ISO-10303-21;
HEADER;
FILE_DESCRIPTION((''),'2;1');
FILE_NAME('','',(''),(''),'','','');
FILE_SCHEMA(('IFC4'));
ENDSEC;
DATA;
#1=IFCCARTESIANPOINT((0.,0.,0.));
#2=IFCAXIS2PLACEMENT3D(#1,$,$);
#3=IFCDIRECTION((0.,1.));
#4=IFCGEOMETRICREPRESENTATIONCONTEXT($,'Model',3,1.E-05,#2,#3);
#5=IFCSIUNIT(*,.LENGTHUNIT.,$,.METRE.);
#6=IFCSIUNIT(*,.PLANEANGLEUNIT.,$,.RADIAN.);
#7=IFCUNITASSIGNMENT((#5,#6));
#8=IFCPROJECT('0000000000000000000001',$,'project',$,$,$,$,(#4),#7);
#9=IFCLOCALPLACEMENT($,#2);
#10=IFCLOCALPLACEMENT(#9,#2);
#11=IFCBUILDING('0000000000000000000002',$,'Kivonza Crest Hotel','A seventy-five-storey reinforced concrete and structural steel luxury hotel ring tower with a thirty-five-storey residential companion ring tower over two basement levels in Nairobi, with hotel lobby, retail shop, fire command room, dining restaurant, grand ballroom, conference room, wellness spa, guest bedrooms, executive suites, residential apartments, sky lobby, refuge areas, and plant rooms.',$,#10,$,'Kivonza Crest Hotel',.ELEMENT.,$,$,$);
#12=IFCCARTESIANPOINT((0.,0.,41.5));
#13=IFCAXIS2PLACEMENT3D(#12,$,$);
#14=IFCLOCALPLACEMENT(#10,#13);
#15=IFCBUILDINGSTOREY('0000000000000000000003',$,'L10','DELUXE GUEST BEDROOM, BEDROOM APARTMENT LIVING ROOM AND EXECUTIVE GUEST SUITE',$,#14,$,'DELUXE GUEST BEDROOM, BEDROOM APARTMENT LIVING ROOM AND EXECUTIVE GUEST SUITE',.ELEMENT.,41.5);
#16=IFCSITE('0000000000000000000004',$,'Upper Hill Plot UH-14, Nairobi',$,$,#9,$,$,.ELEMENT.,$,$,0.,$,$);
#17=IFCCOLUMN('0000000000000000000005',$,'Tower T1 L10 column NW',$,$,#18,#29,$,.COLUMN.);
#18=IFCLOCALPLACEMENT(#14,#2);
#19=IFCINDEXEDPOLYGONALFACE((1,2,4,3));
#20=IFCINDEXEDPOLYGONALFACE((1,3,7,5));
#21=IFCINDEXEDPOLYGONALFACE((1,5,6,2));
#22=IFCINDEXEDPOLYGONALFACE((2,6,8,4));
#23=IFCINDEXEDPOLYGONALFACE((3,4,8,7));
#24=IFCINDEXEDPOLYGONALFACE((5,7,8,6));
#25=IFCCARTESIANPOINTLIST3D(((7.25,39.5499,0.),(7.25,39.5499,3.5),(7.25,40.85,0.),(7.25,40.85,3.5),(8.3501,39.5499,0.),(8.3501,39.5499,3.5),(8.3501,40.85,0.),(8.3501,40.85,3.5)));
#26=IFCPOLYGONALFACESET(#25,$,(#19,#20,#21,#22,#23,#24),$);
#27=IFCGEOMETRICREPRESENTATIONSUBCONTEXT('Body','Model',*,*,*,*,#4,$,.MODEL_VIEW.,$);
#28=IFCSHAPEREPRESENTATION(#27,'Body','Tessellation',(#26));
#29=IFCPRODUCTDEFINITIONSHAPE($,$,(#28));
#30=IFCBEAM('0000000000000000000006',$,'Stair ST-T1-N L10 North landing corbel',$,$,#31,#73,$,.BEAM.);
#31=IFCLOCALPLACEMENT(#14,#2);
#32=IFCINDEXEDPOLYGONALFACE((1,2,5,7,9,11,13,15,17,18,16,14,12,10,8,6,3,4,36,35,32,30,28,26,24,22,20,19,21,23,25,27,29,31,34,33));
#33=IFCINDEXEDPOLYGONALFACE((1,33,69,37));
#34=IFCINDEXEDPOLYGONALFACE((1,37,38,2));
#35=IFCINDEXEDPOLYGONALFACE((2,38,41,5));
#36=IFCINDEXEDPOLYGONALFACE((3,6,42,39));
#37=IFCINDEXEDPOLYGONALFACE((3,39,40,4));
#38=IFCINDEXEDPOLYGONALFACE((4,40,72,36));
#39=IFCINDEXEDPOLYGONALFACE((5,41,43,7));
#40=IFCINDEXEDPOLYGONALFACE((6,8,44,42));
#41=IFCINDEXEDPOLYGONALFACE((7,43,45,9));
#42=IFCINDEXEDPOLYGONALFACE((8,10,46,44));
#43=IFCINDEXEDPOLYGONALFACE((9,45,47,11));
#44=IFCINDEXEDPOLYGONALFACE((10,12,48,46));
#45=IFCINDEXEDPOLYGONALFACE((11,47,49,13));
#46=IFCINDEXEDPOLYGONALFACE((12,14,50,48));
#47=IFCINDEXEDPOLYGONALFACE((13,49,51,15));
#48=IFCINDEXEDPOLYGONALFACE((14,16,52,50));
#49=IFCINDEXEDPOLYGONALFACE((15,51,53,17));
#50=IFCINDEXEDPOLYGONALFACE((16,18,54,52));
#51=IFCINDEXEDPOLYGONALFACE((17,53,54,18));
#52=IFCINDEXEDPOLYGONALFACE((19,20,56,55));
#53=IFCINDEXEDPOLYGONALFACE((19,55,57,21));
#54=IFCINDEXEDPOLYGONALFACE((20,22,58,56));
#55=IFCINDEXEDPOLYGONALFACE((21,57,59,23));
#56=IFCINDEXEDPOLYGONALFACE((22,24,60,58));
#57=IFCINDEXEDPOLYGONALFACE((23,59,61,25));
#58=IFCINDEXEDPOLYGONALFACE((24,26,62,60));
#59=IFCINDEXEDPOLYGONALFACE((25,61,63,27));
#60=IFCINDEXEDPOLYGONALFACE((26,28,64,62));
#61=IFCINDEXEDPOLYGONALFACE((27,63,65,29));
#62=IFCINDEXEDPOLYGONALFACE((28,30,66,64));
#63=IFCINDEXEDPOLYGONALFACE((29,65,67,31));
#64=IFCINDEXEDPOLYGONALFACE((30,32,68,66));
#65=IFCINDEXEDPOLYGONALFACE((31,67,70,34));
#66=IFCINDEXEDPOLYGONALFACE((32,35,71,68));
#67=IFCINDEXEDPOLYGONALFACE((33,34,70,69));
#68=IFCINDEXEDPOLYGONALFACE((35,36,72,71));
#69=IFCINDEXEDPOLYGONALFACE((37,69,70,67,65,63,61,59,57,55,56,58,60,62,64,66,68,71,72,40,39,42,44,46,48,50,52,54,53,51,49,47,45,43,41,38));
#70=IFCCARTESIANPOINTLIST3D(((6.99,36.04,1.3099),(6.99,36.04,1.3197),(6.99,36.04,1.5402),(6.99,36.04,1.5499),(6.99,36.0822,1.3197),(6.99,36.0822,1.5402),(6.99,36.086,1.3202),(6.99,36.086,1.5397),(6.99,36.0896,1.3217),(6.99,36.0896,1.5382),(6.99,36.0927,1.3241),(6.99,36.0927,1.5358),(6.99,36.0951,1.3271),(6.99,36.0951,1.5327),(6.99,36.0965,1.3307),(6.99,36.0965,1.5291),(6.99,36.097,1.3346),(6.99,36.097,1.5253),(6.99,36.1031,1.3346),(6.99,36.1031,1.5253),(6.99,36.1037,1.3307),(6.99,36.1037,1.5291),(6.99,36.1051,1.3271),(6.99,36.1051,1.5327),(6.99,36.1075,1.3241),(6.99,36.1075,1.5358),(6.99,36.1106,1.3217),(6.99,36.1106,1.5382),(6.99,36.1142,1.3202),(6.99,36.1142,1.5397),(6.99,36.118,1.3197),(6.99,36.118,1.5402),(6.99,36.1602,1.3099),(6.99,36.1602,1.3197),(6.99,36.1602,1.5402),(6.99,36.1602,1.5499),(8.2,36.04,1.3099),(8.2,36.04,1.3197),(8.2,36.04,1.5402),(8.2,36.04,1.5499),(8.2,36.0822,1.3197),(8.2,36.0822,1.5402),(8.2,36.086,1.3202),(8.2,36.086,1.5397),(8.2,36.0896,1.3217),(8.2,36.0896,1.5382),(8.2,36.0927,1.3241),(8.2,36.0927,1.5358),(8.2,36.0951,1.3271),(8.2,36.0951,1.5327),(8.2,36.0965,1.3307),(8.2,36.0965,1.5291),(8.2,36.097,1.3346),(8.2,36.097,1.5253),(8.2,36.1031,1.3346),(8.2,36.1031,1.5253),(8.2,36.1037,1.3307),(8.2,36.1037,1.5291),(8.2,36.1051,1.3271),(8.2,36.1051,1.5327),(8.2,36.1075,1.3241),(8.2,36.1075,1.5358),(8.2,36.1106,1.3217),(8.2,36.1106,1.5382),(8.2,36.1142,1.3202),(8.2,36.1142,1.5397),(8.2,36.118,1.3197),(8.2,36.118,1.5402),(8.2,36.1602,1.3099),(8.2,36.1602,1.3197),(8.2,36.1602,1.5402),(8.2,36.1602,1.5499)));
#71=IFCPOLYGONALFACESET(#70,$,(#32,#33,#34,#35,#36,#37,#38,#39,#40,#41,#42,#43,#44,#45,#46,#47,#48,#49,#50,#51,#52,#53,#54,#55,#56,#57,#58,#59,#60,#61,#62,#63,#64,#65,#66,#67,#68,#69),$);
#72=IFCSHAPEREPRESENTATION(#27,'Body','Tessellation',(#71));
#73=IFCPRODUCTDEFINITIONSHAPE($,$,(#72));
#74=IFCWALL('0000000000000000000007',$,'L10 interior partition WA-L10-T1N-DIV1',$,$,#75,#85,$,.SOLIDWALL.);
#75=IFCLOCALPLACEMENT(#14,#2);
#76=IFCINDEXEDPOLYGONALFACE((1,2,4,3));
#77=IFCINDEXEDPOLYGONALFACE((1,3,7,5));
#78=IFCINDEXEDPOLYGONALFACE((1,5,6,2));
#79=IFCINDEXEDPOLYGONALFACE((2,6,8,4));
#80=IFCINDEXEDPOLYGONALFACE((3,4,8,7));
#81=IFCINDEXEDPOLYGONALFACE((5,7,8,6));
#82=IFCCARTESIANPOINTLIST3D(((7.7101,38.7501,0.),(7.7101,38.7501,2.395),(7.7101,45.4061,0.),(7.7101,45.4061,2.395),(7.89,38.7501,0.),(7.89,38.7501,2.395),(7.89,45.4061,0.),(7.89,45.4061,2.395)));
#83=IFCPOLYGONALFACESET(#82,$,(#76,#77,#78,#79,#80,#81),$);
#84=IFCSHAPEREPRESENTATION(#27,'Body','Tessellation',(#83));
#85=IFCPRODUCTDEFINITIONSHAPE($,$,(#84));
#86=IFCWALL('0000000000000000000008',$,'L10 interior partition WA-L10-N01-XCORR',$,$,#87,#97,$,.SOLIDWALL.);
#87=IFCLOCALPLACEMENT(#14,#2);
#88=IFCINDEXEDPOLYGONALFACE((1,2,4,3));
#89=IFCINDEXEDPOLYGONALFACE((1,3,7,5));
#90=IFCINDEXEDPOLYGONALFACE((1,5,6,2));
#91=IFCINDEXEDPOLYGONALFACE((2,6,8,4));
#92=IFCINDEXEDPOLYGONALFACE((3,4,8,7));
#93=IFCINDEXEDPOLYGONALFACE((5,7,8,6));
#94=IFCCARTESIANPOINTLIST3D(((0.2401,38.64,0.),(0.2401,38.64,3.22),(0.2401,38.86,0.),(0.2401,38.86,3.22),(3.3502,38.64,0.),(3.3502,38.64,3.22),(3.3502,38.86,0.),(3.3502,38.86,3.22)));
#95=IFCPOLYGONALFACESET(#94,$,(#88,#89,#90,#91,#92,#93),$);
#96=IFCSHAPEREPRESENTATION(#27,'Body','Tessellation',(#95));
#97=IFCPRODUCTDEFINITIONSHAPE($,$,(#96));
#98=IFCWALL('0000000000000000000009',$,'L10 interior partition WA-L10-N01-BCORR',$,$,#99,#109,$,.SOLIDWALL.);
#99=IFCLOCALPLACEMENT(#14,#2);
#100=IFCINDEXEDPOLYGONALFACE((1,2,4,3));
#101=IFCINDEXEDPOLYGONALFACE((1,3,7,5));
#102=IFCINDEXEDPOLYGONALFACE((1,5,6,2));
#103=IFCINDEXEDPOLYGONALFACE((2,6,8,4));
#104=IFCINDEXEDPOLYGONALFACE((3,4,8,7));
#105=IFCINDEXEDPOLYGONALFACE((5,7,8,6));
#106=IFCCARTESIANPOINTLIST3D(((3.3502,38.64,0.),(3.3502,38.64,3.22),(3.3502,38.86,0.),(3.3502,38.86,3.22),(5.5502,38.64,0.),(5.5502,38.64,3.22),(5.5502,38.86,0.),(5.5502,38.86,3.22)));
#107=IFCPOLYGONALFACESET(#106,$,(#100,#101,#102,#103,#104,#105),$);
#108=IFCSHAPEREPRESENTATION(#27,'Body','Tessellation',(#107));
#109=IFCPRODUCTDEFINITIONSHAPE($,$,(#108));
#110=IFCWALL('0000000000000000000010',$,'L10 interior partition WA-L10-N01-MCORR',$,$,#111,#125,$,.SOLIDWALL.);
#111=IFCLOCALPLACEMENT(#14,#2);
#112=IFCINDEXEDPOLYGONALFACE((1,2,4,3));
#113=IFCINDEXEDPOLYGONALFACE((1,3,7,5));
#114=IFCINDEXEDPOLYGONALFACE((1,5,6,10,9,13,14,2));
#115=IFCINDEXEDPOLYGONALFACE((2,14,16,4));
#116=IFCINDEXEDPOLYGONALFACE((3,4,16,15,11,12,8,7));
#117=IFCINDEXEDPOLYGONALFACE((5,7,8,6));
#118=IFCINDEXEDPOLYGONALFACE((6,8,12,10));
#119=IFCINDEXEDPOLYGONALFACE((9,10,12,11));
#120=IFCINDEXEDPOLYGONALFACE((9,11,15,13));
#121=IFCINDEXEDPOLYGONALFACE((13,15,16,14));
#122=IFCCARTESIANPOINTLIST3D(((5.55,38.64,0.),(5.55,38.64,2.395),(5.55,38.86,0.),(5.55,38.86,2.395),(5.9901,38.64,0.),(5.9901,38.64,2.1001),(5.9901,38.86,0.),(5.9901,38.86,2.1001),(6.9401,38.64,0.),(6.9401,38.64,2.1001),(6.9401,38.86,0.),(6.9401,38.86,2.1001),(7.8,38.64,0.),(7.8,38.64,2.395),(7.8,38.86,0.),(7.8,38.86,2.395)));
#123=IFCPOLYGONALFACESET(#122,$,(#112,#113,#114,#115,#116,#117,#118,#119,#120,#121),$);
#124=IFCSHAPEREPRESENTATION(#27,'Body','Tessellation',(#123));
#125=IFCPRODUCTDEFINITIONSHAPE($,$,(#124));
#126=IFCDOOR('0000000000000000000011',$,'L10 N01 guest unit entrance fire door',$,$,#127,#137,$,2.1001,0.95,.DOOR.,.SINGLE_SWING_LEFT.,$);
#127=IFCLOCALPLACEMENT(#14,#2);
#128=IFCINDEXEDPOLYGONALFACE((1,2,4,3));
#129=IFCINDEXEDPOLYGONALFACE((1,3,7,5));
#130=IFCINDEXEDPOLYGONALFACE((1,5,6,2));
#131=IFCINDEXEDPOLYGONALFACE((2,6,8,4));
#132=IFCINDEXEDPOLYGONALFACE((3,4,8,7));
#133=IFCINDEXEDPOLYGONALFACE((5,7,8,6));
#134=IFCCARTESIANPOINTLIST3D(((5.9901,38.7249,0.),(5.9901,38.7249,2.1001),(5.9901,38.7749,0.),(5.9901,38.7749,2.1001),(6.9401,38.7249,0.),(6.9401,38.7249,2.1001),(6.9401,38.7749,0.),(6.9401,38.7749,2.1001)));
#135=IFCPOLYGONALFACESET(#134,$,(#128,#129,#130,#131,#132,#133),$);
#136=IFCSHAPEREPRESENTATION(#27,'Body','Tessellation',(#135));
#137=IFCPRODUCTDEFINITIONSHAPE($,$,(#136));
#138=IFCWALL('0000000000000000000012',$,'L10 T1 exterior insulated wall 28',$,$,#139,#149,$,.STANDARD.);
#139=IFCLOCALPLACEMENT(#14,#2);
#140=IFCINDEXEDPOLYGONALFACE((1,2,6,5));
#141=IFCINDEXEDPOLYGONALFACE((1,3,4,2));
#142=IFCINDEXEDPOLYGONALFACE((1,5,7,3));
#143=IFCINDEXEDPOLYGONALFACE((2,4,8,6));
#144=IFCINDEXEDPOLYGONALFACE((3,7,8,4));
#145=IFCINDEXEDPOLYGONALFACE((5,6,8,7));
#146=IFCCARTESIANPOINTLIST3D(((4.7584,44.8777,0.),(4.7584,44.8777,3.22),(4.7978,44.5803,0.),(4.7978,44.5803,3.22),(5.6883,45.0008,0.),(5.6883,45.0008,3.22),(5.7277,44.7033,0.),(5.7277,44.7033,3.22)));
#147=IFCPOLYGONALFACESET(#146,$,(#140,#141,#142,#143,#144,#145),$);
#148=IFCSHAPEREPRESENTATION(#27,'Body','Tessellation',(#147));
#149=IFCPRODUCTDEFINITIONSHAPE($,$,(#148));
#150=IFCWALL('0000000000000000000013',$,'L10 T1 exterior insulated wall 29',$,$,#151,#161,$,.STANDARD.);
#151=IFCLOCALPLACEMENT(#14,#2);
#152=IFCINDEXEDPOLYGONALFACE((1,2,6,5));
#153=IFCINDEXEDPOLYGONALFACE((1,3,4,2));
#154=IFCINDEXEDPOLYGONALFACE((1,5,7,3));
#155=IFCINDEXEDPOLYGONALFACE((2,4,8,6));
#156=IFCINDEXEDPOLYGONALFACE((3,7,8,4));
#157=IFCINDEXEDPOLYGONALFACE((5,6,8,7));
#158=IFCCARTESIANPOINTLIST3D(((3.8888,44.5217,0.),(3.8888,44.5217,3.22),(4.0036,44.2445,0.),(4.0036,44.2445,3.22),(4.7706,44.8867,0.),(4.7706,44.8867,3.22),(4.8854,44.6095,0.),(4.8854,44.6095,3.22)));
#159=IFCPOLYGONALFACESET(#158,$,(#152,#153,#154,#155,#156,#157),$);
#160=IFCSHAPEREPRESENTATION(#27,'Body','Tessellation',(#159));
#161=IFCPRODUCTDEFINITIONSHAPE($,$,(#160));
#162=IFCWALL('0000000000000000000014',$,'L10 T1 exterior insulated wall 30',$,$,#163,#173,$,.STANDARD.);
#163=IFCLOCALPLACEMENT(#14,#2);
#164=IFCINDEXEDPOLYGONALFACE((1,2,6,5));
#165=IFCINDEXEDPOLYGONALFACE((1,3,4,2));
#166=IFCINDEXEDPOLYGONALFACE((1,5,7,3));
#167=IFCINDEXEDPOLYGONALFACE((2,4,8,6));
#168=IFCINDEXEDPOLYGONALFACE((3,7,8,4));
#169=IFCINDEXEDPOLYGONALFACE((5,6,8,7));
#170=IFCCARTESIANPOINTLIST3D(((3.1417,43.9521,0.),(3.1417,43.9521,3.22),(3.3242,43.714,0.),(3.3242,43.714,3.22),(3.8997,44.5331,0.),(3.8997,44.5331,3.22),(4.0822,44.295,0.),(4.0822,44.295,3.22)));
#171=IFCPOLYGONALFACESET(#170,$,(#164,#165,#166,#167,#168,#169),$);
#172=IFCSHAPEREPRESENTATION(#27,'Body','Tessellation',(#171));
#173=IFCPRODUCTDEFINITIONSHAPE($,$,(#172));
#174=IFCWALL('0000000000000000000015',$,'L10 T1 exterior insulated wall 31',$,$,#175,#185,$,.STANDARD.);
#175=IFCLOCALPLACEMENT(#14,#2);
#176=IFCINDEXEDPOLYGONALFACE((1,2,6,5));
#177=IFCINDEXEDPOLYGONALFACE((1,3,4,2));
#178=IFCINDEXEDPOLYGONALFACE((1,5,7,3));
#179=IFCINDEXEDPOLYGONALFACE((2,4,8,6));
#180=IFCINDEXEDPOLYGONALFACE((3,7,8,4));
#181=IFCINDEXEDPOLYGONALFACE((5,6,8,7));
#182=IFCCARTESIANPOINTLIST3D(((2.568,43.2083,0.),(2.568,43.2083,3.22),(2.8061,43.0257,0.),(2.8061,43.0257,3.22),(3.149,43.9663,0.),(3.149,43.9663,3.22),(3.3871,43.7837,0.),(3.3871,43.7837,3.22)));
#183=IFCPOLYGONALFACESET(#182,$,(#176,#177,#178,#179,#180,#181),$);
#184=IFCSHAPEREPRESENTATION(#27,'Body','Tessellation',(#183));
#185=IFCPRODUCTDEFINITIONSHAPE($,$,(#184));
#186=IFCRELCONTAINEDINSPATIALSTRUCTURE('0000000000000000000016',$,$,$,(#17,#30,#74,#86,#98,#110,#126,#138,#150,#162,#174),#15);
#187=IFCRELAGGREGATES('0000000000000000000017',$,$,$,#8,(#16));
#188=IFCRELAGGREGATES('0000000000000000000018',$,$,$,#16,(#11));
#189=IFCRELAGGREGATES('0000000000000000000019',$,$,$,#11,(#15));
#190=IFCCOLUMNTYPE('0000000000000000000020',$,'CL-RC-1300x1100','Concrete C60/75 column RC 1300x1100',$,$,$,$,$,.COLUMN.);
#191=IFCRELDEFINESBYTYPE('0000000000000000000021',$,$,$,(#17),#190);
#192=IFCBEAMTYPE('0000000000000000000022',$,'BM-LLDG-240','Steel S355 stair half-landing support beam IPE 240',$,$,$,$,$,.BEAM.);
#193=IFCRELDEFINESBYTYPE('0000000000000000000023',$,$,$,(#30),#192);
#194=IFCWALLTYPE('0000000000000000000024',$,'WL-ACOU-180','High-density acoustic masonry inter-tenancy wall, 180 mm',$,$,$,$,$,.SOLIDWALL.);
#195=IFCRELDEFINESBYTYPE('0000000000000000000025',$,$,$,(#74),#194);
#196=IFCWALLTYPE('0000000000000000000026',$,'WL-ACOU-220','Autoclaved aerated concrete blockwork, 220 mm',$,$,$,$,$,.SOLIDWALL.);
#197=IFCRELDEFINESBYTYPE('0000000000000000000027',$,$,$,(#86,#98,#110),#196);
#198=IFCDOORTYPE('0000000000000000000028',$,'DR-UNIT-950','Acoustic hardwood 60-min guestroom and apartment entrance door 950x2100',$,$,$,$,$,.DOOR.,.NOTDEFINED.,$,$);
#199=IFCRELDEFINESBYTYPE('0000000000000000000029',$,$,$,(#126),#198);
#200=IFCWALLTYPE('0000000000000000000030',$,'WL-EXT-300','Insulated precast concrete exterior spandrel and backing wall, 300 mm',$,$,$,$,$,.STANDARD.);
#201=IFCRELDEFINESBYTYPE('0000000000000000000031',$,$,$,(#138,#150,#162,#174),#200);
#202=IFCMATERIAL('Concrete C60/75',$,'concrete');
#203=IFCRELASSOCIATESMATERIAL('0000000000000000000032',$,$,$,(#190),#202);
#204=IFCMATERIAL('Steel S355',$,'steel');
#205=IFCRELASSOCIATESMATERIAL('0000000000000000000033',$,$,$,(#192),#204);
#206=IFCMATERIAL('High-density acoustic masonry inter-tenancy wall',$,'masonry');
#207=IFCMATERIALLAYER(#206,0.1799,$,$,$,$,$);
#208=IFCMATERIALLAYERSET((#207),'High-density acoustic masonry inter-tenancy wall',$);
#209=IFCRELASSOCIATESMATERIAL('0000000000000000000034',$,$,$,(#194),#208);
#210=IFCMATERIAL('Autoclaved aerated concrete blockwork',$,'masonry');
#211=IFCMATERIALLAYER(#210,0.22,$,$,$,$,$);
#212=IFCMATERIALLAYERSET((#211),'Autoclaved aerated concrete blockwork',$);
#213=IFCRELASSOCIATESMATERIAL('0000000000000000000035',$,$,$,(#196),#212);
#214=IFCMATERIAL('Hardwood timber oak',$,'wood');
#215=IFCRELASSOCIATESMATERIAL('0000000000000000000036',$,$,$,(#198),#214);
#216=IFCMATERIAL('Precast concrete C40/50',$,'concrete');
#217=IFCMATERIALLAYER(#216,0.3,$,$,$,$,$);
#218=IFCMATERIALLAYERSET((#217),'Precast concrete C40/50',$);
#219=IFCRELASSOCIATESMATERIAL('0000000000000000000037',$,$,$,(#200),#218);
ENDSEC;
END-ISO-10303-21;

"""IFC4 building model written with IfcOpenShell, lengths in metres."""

from ifc_helpers import new_model, si_unit, direction, frame, frame_2d, origin, origin_2d, place, context, subcontext, project, spatial, rectangle, i_section, extrude, material, layer, layer_set, material_profile, profile_set, type_object, element, fill, save


model = new_model("IFC4")

# Units and contexts
model_context = context("Model", 3, precision=1e-05, world=origin(), true_north=direction((0.0, 1.0)))
body_context = subcontext(model_context, "Body", "Model", "MODEL_VIEW")
ifc_project = project(units=[si_unit("LENGTHUNIT", "METRE"), si_unit("PLANEANGLEUNIT", "RADIAN")], contexts=[model_context])

# Site, building, storey
site_placement = place(None, origin())
site = spatial("IfcSite", under=ifc_project, at=site_placement, Name="Upper Hill Plot UH-14, Nairobi", CompositionType="ELEMENT", RefElevation=0.0)
building_placement = place(site_placement, origin())
building = spatial("IfcBuilding", under=site, at=building_placement, Name="Kivonza Crest Hotel", Description="A seventy-five-storey reinforced concrete and structural steel luxury hotel ring tower with a thirty-five-storey residential companion ring tower over two basement levels in Nairobi, with hotel lobby, retail shop, fire command room, dining restaurant, grand ballroom, conference room, wellness spa, guest bedrooms, executive suites, residential apartments, sky lobby, refuge areas, and plant rooms.", LongName="Kivonza Crest Hotel", CompositionType="ELEMENT")
storey_placement = place(building_placement, frame((0.0, 0.0, 41.5)))
storey = spatial("IfcBuildingStorey", under=building, at=storey_placement, Name="L10", Description="DELUXE GUEST BEDROOM, BEDROOM APARTMENT LIVING ROOM AND EXECUTIVE GUEST SUITE", LongName="DELUXE GUEST BEDROOM, BEDROOM APARTMENT LIVING ROOM AND EXECUTIVE GUEST SUITE", CompositionType="ELEMENT", Elevation=41.5)

# Column
ifc_material_1 = material(Name="Concrete C60/75", Category="concrete")
ifc_material_profile_1 = material_profile(ifc_material_1, rectangle(XDim=1.1001, YDim=1.3, at=origin_2d()), Name="RC 1300x1100")
ifc_profile_set_1 = profile_set([ifc_material_profile_1], Name="Concrete C60/75")
column_type = type_object("IfcColumnType", Name="CL-RC-1300x1100", Description="Concrete C60/75 column RC 1300x1100", PredefinedType="COLUMN", material=ifc_profile_set_1)
column_placement = place(storey_placement, frame((7.8, 40.2, 0.0), z_axis=(0.0, 0.0, 1.0), x_axis=(1.0, 0.0, 0.0)))
element("IfcColumn", 1, at=column_placement, inside=storey, type_object=column_type, Name="Tower T1 L10 column NW", PredefinedType="COLUMN", context=body_context, shape_type="SweptSolid", body=[
    extrude(rectangle(XDim=1.1001, YDim=1.3, at=origin_2d()), origin(), (0.0, 0.0, 1.0), 3.5),
])

# Beam
ifc_material_2 = material(Name="Steel S355", Category="steel")
ifc_material_profile_2 = material_profile(ifc_material_2, i_section(OverallWidth=0.1201, OverallDepth=0.24, WebThickness=0.0061, FlangeThickness=0.0098, FilletRadius=0.0149, at=origin_2d()), Name="IPE 240")
ifc_profile_set_2 = profile_set([ifc_material_profile_2], Name="Steel S355")
beam_type = type_object("IfcBeamType", Name="BM-LLDG-240", Description="Steel S355 stair half-landing support beam IPE 240", PredefinedType="BEAM", material=ifc_profile_set_2)
beam_placement = place(storey_placement, frame((6.99, 36.1001, 1.4299), z_axis=(1.0, 0.0, 0.0), x_axis=(0.0, 1.0, 0.0)))
element("IfcBeam", 2, at=beam_placement, inside=storey, type_object=beam_type, Name="Stair ST-T1-N L10 North landing corbel", PredefinedType="BEAM", context=body_context, shape_type="SweptSolid", body=[
    extrude(i_section(OverallWidth=0.1201, OverallDepth=0.24, WebThickness=0.0061, FlangeThickness=0.0098, FilletRadius=0.0149, at=origin_2d()), origin(), (0.0, 0.0, 1.0), 1.21),
])

# Walls
ifc_material_3 = material(Name="High-density acoustic masonry inter-tenancy wall", Category="masonry")
ifc_layer_1 = layer(ifc_material_3, 0.1799)
ifc_layer_set_1 = layer_set([ifc_layer_1], Name="High-density acoustic masonry inter-tenancy wall")
wall_type_1 = type_object("IfcWallType", Name="WL-ACOU-180", Description="High-density acoustic masonry inter-tenancy wall, 180 mm", PredefinedType="SOLIDWALL", material=ifc_layer_set_1)
wall_1_placement = place(storey_placement, frame((7.8, 38.75, 0.0), z_axis=(0.0, 0.0, 1.0), x_axis=(0.0, 1.0, 0.0)))
element("IfcWall", 3, at=wall_1_placement, inside=storey, type_object=wall_type_1, Name="L10 interior partition WA-L10-T1N-DIV1", PredefinedType="SOLIDWALL", context=body_context, shape_type="SweptSolid", body=[
    extrude(rectangle(XDim=6.656, YDim=0.1799, at=frame_2d((3.3281, 0.0))), origin(), (0.0, 0.0, 1.0), 2.395),
])
ifc_material_4 = material(Name="Autoclaved aerated concrete blockwork", Category="masonry")
ifc_layer_2 = layer(ifc_material_4, 0.22)
ifc_layer_set_2 = layer_set([ifc_layer_2], Name="Autoclaved aerated concrete blockwork")
wall_type_2 = type_object("IfcWallType", Name="WL-ACOU-220", Description="Autoclaved aerated concrete blockwork, 220 mm", PredefinedType="SOLIDWALL", material=ifc_layer_set_2)
wall_2_placement = place(storey_placement, frame((0.24, 38.75, 0.0), z_axis=(0.0, 0.0, 1.0), x_axis=(1.0, 0.0, 0.0)))
element("IfcWall", 4, at=wall_2_placement, inside=storey, type_object=wall_type_2, Name="L10 interior partition WA-L10-N01-XCORR", PredefinedType="SOLIDWALL", context=body_context, shape_type="SweptSolid", body=[
    extrude(rectangle(XDim=3.1101, YDim=0.22, at=frame_2d((1.5552, 0.0))), origin(), (0.0, 0.0, 1.0), 3.22),
])
wall_3_placement = place(storey_placement, frame((3.3501, 38.75, 0.0), z_axis=(0.0, 0.0, 1.0), x_axis=(1.0, 0.0, 0.0)))
element("IfcWall", 5, at=wall_3_placement, inside=storey, type_object=wall_type_2, Name="L10 interior partition WA-L10-N01-BCORR", PredefinedType="SOLIDWALL", context=body_context, shape_type="SweptSolid", body=[
    extrude(rectangle(XDim=2.2, YDim=0.22, at=frame_2d((1.1001, 0.0))), origin(), (0.0, 0.0, 1.0), 3.22),
])

# Wall, opening, door
wall_4_placement = place(storey_placement, frame((5.55, 38.75, 0.0), z_axis=(0.0, 0.0, 1.0), x_axis=(1.0, 0.0, 0.0)))
wall_4 = element("IfcWall", 6, at=wall_4_placement, inside=storey, type_object=wall_type_2, Name="L10 interior partition WA-L10-N01-MCORR", PredefinedType="SOLIDWALL", context=body_context, shape_type="SweptSolid", body=[
    extrude(rectangle(XDim=2.25, YDim=0.22, at=frame_2d((1.125, 0.0))), origin(), (0.0, 0.0, 1.0), 2.395),
])
opening_1_placement = place(wall_4_placement, frame((0.4399, 0.0, 0.0)))
opening_1 = element("IfcOpeningElement", 7, at=opening_1_placement, cuts=wall_4, PredefinedType="OPENING", context=body_context, shape_type="SweptSolid", body=[
    extrude(rectangle(XDim=0.95, YDim=2.1001, at=frame_2d((0.4751, 1.05))), frame((0.0, 0.1201, 0.0), z_axis=(0.0, -1.0, 0.0), x_axis=(1.0, 0.0, 0.0)), (0.0, 0.0, 1.0), 0.24),
])
ifc_material_5 = material(Name="Hardwood timber oak", Category="wood")
door_type_1 = type_object("IfcDoorType", Name="DR-UNIT-950", Description="Acoustic hardwood 60-min guestroom and apartment entrance door 950x2100", OperationType="NOTDEFINED", PredefinedType="DOOR", material=ifc_material_5)
door_1_placement = place(opening_1_placement, origin())
door_1 = element("IfcDoor", 8, at=door_1_placement, inside=storey, type_object=door_type_1, Name="L10 N01 guest unit entrance fire door", OperationType="SINGLE_SWING_LEFT", OverallHeight=2.1001, OverallWidth=0.95, PredefinedType="DOOR", context=body_context, shape_type="SweptSolid", body=[
    extrude(rectangle(XDim=0.95, YDim=2.1001, at=frame_2d((0.4751, 1.05))), frame((0.0, 0.0249, 0.0), z_axis=(0.0, -1.0, 0.0), x_axis=(1.0, 0.0, 0.0)), (0.0, 0.0, 1.0), 0.05),
])
fill(opening_1, door_1)

# Walls
ifc_material_6 = material(Name="Precast concrete C40/50", Category="concrete")
ifc_layer_3 = layer(ifc_material_6, 0.3)
ifc_layer_set_3 = layer_set([ifc_layer_3], Name="Precast concrete C40/50")
wall_type_3 = type_object("IfcWallType", Name="WL-EXT-300", Description="Insulated precast concrete exterior spandrel and backing wall, 300 mm", PredefinedType="STANDARD", material=ifc_layer_set_3)
wall_5_placement = place(storey_placement, frame((5.708, 44.8521, 0.0), z_axis=(0.0, 0.0, 1.0), x_axis=(-0.991359, -0.131175, 0.0)))
element("IfcWall", 9, at=wall_5_placement, inside=storey, type_object=wall_type_3, Name="L10 T1 exterior insulated wall 28", PredefinedType="STANDARD", context=body_context, shape_type="SweptSolid", body=[
    extrude(rectangle(XDim=0.938, YDim=0.3, at=frame_2d((0.469, 0.0))), origin(), (0.0, 0.0, 1.0), 3.22),
])
wall_6_placement = place(storey_placement, frame((4.8279, 44.748, 0.0), z_axis=(0.0, 0.0, 1.0), x_axis=(-0.923983, -0.382435, 0.0)))
element("IfcWall", 10, at=wall_6_placement, inside=storey, type_object=wall_type_3, Name="L10 T1 exterior insulated wall 29", PredefinedType="STANDARD", context=body_context, shape_type="SweptSolid", body=[
    extrude(rectangle(XDim=0.9543, YDim=0.3, at=frame_2d((0.4771, 0.0))), origin(), (0.0, 0.0, 1.0), 3.22),
])
for number, where, z_axis, x_axis, name in (
    (11, (3.991, 44.4141, 0.0), (0.0, 0.0, 1.0), (-0.793668, -0.608351, 0.0), "L10 T1 exterior insulated wall 30"),
    (12, (3.2681, 43.875, 0.0), (0.0, 0.0, 1.0), (-0.608351, -0.793668, 0.0), "L10 T1 exterior insulated wall 31"),
):
    element("IfcWall", number, at=place(storey_placement, frame(where, z_axis=z_axis, x_axis=x_axis)), inside=storey, type_object=wall_type_3, Name=name, PredefinedType="STANDARD", context=body_context, shape_type="SweptSolid", body=[
        extrude(rectangle(XDim=0.9551, YDim=0.3, at=frame_2d((0.4775, 0.0))), origin(), (0.0, 0.0, 1.0), 3.22),
    ])

save(model, "model.ifc")
